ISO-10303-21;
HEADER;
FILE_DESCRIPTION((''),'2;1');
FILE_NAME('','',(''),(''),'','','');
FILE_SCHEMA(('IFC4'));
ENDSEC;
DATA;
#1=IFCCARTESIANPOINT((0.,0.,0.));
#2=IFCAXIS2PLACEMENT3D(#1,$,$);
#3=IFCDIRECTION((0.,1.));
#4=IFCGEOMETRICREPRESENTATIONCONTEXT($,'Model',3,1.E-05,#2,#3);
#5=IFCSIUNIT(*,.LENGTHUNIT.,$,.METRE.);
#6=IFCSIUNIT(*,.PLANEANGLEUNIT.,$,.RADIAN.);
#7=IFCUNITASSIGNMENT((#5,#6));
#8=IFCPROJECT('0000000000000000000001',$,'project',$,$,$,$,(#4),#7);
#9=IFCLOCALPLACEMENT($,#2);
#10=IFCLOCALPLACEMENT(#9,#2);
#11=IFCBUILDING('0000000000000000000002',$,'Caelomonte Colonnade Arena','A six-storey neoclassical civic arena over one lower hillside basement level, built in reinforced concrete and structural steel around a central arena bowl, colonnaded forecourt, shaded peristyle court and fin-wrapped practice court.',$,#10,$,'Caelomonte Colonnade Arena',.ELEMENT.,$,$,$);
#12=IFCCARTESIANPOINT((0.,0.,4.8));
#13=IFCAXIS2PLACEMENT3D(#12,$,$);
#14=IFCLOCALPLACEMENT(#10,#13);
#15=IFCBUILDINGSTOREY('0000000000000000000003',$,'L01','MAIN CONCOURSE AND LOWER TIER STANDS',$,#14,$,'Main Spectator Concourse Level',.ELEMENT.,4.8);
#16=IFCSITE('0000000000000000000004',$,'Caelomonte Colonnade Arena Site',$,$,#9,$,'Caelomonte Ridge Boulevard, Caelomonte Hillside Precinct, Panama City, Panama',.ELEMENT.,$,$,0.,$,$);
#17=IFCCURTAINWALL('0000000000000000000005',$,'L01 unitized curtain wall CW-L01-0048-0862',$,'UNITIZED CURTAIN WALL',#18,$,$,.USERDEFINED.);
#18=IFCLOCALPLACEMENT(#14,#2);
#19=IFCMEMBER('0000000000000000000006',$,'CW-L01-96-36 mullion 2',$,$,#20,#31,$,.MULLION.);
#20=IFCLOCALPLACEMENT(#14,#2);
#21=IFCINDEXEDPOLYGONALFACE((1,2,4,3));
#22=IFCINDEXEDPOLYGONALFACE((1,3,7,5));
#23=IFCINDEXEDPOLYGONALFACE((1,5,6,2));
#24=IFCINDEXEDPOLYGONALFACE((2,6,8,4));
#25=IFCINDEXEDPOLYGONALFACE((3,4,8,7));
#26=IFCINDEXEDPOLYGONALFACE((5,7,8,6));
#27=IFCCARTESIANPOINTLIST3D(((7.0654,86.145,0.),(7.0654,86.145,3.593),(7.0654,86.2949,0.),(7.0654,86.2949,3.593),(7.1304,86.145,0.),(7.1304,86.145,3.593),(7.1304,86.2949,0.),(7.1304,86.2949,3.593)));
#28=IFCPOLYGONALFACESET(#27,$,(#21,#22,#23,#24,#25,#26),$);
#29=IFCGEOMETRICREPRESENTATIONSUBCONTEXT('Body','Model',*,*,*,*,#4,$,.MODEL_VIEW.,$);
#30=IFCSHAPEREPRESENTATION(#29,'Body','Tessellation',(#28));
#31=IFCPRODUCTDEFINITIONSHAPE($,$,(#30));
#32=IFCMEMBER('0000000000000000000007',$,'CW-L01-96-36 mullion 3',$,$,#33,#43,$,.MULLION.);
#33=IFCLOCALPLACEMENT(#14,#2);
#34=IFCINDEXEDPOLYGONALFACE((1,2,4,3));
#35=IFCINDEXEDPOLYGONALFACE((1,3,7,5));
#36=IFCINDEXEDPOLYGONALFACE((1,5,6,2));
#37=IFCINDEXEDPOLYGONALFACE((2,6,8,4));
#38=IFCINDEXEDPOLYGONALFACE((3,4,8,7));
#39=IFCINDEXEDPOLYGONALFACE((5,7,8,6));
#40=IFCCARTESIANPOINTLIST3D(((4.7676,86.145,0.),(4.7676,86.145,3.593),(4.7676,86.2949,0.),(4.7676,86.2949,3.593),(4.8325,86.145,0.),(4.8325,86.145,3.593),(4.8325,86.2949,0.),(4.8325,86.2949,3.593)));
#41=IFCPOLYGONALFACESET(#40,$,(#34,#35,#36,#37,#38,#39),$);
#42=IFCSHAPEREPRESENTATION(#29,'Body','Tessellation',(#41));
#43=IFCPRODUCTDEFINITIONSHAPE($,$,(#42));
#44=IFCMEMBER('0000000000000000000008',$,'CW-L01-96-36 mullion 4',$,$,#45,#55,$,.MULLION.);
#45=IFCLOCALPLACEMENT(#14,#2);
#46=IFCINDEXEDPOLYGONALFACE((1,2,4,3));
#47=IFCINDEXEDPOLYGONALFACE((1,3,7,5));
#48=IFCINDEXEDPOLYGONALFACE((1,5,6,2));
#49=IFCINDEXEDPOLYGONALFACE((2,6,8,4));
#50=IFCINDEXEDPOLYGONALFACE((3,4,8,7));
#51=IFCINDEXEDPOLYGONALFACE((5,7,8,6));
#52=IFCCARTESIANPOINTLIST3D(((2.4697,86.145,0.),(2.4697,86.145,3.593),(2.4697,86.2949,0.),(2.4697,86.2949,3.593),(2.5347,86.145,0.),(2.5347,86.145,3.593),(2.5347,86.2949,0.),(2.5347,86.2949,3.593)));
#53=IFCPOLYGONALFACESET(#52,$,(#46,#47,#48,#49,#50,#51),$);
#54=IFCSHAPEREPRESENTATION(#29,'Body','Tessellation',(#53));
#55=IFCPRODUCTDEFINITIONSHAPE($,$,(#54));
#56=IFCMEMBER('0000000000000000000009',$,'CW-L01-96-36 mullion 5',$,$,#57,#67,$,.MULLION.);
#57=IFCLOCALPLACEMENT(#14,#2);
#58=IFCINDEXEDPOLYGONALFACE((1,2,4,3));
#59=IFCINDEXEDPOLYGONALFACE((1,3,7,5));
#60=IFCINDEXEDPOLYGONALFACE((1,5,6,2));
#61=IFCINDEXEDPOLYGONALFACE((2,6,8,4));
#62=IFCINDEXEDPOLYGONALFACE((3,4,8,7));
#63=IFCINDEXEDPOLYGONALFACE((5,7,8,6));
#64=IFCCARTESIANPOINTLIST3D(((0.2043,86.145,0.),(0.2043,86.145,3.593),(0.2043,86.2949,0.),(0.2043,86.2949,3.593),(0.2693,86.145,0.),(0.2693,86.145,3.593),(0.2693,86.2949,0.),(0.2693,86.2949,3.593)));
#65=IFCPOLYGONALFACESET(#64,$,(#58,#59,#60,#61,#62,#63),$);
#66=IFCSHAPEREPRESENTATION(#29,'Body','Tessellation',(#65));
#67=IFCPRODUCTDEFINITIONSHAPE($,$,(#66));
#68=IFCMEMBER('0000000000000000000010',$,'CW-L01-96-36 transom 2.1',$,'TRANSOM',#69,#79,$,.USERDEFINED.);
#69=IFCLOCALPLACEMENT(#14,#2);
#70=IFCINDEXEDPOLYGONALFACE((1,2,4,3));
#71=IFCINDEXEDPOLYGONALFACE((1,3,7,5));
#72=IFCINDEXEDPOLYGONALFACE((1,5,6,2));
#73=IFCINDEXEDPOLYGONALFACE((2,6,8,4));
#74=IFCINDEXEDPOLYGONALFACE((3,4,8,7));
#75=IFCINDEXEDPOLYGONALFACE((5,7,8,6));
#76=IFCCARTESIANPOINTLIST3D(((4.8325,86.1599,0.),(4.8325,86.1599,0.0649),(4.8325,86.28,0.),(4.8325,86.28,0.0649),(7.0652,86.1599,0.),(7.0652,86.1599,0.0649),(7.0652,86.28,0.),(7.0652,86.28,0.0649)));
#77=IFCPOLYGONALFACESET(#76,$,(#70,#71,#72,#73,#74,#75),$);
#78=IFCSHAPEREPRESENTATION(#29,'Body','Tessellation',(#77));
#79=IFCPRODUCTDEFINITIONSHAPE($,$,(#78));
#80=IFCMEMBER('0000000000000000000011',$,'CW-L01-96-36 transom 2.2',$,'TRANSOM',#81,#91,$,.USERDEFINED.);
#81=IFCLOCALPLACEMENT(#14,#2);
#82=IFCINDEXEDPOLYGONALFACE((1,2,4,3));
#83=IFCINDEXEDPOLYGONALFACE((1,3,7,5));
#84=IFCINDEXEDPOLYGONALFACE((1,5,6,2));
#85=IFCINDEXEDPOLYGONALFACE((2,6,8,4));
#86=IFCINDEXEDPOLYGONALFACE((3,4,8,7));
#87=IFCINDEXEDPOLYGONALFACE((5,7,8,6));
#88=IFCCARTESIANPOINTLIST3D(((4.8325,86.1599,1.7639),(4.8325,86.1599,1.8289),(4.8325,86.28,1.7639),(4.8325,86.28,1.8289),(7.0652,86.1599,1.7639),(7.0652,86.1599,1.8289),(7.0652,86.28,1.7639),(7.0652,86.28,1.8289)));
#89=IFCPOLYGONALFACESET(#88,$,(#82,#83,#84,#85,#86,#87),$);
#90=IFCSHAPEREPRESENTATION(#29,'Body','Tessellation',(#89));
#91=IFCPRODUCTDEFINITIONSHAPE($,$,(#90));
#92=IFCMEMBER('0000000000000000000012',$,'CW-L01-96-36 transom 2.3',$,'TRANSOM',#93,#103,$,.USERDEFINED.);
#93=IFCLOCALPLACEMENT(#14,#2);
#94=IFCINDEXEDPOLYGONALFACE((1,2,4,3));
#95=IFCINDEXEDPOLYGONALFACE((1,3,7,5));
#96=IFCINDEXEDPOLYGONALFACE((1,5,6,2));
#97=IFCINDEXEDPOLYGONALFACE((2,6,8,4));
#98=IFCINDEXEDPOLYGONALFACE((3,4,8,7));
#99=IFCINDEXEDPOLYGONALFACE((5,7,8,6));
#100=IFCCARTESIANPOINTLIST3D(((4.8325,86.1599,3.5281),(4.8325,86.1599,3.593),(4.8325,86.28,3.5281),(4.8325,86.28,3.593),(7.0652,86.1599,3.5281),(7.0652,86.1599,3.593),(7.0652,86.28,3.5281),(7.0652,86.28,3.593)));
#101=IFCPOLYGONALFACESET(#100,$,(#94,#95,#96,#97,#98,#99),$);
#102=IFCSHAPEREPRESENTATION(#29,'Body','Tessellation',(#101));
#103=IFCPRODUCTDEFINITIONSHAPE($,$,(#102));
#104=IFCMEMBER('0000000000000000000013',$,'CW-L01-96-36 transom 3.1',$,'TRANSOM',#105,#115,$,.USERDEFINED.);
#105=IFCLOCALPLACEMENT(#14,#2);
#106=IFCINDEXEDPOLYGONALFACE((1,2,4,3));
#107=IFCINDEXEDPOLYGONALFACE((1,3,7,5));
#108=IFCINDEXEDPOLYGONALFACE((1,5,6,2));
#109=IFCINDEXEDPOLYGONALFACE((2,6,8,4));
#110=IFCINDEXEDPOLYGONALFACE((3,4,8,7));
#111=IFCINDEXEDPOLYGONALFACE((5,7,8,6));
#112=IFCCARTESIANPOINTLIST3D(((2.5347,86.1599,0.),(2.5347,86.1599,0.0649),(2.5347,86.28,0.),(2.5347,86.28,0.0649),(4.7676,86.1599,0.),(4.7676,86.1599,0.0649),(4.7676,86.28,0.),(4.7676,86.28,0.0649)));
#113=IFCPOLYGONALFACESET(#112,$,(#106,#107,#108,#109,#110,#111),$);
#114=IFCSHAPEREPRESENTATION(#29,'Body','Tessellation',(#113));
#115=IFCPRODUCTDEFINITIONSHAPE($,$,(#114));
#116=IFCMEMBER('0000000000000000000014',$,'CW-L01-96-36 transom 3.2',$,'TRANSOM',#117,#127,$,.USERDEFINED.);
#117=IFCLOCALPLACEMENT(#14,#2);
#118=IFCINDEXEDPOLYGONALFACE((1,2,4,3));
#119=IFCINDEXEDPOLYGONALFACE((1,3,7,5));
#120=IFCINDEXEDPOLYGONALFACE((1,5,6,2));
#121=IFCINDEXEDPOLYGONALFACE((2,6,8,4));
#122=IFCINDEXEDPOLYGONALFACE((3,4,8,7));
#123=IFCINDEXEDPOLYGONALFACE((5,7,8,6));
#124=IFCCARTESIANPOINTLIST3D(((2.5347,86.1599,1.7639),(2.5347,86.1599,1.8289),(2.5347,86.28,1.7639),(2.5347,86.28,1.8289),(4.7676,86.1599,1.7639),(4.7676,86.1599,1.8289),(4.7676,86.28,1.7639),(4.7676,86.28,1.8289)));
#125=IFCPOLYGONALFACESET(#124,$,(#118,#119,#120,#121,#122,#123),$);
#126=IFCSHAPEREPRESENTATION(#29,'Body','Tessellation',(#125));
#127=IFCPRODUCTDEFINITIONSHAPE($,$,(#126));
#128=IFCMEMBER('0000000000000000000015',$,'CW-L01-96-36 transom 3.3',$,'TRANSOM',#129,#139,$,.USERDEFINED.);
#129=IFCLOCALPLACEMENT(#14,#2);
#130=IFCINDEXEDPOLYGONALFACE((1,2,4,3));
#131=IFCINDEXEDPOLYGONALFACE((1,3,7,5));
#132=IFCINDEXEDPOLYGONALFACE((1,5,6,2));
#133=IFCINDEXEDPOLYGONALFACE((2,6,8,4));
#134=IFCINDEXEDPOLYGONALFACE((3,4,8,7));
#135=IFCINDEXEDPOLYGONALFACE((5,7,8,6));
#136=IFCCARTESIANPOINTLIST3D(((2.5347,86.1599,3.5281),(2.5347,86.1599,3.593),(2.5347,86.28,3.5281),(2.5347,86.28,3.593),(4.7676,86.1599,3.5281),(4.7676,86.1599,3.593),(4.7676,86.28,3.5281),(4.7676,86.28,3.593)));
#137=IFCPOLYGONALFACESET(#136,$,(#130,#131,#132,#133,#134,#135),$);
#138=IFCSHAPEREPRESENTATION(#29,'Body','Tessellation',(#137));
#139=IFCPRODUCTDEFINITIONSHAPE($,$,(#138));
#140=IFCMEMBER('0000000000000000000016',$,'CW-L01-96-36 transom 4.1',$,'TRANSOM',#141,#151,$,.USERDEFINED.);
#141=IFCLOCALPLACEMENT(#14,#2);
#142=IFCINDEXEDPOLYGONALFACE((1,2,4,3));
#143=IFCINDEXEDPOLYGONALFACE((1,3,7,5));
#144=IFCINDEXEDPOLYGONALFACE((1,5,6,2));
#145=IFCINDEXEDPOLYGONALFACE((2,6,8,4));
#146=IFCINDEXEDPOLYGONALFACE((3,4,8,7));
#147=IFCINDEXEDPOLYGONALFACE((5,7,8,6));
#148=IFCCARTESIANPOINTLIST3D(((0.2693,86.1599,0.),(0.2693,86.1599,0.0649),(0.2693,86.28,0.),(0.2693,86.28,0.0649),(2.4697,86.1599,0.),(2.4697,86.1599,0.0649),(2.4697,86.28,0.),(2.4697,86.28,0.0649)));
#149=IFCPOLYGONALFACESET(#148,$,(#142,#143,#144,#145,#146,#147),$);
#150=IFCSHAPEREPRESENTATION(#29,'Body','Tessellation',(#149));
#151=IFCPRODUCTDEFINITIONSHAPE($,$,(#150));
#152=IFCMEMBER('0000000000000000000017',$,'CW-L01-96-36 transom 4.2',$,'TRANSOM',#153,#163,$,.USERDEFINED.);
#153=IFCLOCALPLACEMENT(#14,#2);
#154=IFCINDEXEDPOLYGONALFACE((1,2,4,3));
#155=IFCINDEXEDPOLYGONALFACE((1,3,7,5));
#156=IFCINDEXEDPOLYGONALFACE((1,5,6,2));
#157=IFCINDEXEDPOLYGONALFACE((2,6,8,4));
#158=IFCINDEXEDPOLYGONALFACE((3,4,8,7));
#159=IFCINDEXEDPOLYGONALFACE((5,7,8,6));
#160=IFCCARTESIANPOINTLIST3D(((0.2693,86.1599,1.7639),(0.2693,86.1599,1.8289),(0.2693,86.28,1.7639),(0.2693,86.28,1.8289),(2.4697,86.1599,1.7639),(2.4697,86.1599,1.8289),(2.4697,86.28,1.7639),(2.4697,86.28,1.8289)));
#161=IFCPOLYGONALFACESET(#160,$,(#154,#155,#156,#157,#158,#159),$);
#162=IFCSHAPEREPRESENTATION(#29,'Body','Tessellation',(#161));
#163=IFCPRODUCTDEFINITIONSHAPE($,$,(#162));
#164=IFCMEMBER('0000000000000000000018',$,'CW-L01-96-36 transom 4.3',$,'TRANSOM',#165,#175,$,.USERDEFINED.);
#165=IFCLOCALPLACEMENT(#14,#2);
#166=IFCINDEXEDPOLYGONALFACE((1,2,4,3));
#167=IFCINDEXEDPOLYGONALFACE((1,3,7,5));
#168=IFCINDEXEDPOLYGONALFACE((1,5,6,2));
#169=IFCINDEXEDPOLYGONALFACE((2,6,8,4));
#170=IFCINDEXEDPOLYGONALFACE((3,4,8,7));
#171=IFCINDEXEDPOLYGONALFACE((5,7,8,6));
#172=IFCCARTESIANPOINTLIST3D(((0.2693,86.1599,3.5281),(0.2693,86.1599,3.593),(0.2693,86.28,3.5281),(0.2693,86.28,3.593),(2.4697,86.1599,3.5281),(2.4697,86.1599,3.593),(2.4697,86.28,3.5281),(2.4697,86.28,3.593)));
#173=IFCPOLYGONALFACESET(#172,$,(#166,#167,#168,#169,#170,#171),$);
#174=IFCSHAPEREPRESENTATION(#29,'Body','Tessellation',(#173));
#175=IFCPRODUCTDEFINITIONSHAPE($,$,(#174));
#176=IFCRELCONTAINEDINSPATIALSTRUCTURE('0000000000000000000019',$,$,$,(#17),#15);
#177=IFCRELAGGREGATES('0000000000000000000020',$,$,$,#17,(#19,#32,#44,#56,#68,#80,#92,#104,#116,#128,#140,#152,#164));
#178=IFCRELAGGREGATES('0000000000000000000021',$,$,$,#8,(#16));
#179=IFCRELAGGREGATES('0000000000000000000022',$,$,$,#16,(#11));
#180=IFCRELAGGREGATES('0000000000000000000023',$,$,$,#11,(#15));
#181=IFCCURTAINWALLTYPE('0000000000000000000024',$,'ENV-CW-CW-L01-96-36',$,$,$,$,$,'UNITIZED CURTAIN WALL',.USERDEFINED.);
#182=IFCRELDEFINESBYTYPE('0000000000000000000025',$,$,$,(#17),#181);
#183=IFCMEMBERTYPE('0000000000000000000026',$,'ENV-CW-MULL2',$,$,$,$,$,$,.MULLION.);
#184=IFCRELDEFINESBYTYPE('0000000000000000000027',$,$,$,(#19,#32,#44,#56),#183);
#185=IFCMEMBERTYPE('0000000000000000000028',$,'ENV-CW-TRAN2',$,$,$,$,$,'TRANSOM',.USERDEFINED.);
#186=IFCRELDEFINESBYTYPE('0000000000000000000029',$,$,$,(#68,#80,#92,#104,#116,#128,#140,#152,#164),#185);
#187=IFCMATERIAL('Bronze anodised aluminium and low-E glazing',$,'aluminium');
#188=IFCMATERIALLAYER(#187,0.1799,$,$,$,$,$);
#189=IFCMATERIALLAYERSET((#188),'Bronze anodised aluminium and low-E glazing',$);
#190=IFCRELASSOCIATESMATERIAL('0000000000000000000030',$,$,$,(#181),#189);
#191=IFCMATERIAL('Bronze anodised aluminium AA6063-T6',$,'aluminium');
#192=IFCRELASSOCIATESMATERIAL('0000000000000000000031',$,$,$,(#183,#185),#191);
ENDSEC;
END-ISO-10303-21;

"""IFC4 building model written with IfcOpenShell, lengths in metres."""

from ifc_helpers import new_model, si_unit, direction, frame, origin, origin_2d, place, context, subcontext, project, spatial, rectangle, extrude, material, layer, layer_set, material_profile, profile_set, type_object, element, aggregate, save


model = new_model("IFC4")

# Units and contexts
model_context = context("Model", 3, precision=1e-05, world=origin(), true_north=direction((0.0, 1.0)))
body_context = subcontext(model_context, "Body", "Model", "MODEL_VIEW")
ifc_project = project(units=[si_unit("LENGTHUNIT", "METRE"), si_unit("PLANEANGLEUNIT", "RADIAN")], contexts=[model_context])

# Site, building, storey
site_placement = place(None, origin())
site = spatial("IfcSite", under=ifc_project, at=site_placement, Name="Caelomonte Colonnade Arena Site", LongName="Caelomonte Ridge Boulevard, Caelomonte Hillside Precinct, Panama City, Panama", CompositionType="ELEMENT", RefElevation=0.0)
building_placement = place(site_placement, origin())
building = spatial("IfcBuilding", under=site, at=building_placement, Name="Caelomonte Colonnade Arena", Description="A six-storey neoclassical civic arena over one lower hillside basement level, built in reinforced concrete and structural steel around a central arena bowl, colonnaded forecourt, shaded peristyle court and fin-wrapped practice court.", LongName="Caelomonte Colonnade Arena", CompositionType="ELEMENT")
storey_placement = place(building_placement, frame((0.0, 0.0, 4.8)))
storey = spatial("IfcBuildingStorey", under=building, at=storey_placement, Name="L01", Description="MAIN CONCOURSE AND LOWER TIER STANDS", LongName="Main Spectator Concourse Level", CompositionType="ELEMENT", Elevation=4.8)

# Curtain wall, members
ifc_material_1 = material(Name="Bronze anodised aluminium and low-E glazing", Category="aluminium")
ifc_layer_1 = layer(ifc_material_1, 0.1799)
ifc_layer_set_1 = layer_set([ifc_layer_1], Name="Bronze anodised aluminium and low-E glazing")
curtain_wall_type = type_object("IfcCurtainWallType", Name="ENV-CW-CW-L01-96-36", ElementType="UNITIZED CURTAIN WALL", PredefinedType="USERDEFINED", material=ifc_layer_set_1)
curtain_wall_placement = place(storey_placement, origin())
curtain_wall = element("IfcCurtainWall", 1, at=curtain_wall_placement, inside=storey, type_object=curtain_wall_type, Name="L01 unitized curtain wall CW-L01-0048-0862", ObjectType="UNITIZED CURTAIN WALL", PredefinedType="USERDEFINED")
ifc_material_2 = material(Name="Bronze anodised aluminium AA6063-T6", Category="aluminium")
ifc_material_profile_1 = material_profile(ifc_material_2, rectangle(XDim=0.0649, YDim=0.1499, at=origin_2d()), Name="CWM-65X150")
ifc_profile_set_1 = profile_set([ifc_material_profile_1], Name="Bronze anodised aluminium AA6063-T6")
member_type_1 = type_object("IfcMemberType", Name="ENV-CW-MULL2", PredefinedType="MULLION", material=ifc_profile_set_1)
member_1_placement = place(storey_placement, frame((7.0979, 86.22, 0.0), z_axis=(0.0, 0.0, 1.0), x_axis=(-1.0, 0.0, 0.0)))
member_1 = element("IfcMember", 2, at=member_1_placement, type_object=member_type_1, Name="CW-L01-96-36 mullion 2", PredefinedType="MULLION", context=body_context, shape_type="SweptSolid", body=[
    extrude(rectangle(XDim=0.0649, YDim=0.1499, at=origin_2d()), origin(), (0.0, 0.0, 1.0), 3.593),
])
member_2_placement = place(storey_placement, frame((4.8, 86.22, 0.0), z_axis=(0.0, 0.0, 1.0), x_axis=(-1.0, 0.0, 0.0)))
member_2 = element("IfcMember", 3, at=member_2_placement, type_object=member_type_1, Name="CW-L01-96-36 mullion 3", PredefinedType="MULLION", context=body_context, shape_type="SweptSolid", body=[
    extrude(rectangle(XDim=0.0649, YDim=0.1499, at=origin_2d()), origin(), (0.0, 0.0, 1.0), 3.593),
])
member_3_placement = place(storey_placement, frame((2.5022, 86.22, 0.0), z_axis=(0.0, 0.0, 1.0), x_axis=(-1.0, 0.0, 0.0)))
member_3 = element("IfcMember", 4, at=member_3_placement, type_object=member_type_1, Name="CW-L01-96-36 mullion 4", PredefinedType="MULLION", context=body_context, shape_type="SweptSolid", body=[
    extrude(rectangle(XDim=0.0649, YDim=0.1499, at=origin_2d()), origin(), (0.0, 0.0, 1.0), 3.593),
])
member_4_placement = place(storey_placement, frame((0.2368, 86.22, 0.0), z_axis=(0.0, 0.0, 1.0), x_axis=(-1.0, 0.0, 0.0)))
member_4 = element("IfcMember", 5, at=member_4_placement, type_object=member_type_1, Name="CW-L01-96-36 mullion 5", PredefinedType="MULLION", context=body_context, shape_type="SweptSolid", body=[
    extrude(rectangle(XDim=0.0649, YDim=0.1499, at=origin_2d()), origin(), (0.0, 0.0, 1.0), 3.593),
])
ifc_material_profile_2 = material_profile(ifc_material_2, rectangle(XDim=0.0649, YDim=0.1201, at=origin_2d()), Name="CWT-65X120")
ifc_profile_set_2 = profile_set([ifc_material_profile_2], Name="Bronze anodised aluminium AA6063-T6")
member_type_2 = type_object("IfcMemberType", Name="ENV-CW-TRAN2", ElementType="TRANSOM", PredefinedType="USERDEFINED", material=ifc_profile_set_2)
member_5_placement = place(storey_placement, frame((7.0652, 86.22, 0.0325), z_axis=(-1.0, 0.0, 0.0), x_axis=(0.0, 0.0, 1.0)))
member_5 = element("IfcMember", 6, at=member_5_placement, type_object=member_type_2, Name="CW-L01-96-36 transom 2.1", ObjectType="TRANSOM", PredefinedType="USERDEFINED", context=body_context, shape_type="SweptSolid", body=[
    extrude(rectangle(XDim=0.0649, YDim=0.1201, at=origin_2d()), origin(), (0.0, 0.0, 1.0), 2.2327),
])
member_6_placement = place(storey_placement, frame((7.0652, 86.22, 1.7964), z_axis=(-1.0, 0.0, 0.0), x_axis=(0.0, 0.0, 1.0)))
member_6 = element("IfcMember", 7, at=member_6_placement, type_object=member_type_2, Name="CW-L01-96-36 transom 2.2", ObjectType="TRANSOM", PredefinedType="USERDEFINED", context=body_context, shape_type="SweptSolid", body=[
    extrude(rectangle(XDim=0.0649, YDim=0.1201, at=origin_2d()), origin(), (0.0, 0.0, 1.0), 2.2327),
])
member_7_placement = place(storey_placement, frame((7.0652, 86.22, 3.5605), z_axis=(-1.0, 0.0, 0.0), x_axis=(0.0, 0.0, 1.0)))
member_7 = element("IfcMember", 8, at=member_7_placement, type_object=member_type_2, Name="CW-L01-96-36 transom 2.3", ObjectType="TRANSOM", PredefinedType="USERDEFINED", context=body_context, shape_type="SweptSolid", body=[
    extrude(rectangle(XDim=0.0649, YDim=0.1201, at=origin_2d()), origin(), (0.0, 0.0, 1.0), 2.2327),
])
member_8_placement = place(storey_placement, frame((4.7676, 86.22, 0.0325), z_axis=(-1.0, 0.0, 0.0), x_axis=(0.0, 0.0, 1.0)))
member_8 = element("IfcMember", 9, at=member_8_placement, type_object=member_type_2, Name="CW-L01-96-36 transom 3.1", ObjectType="TRANSOM", PredefinedType="USERDEFINED", context=body_context, shape_type="SweptSolid", body=[
    extrude(rectangle(XDim=0.0649, YDim=0.1201, at=origin_2d()), origin(), (0.0, 0.0, 1.0), 2.2329),
])
member_9_placement = place(storey_placement, frame((4.7676, 86.22, 1.7964), z_axis=(-1.0, 0.0, 0.0), x_axis=(0.0, 0.0, 1.0)))
member_9 = element("IfcMember", 10, at=member_9_placement, type_object=member_type_2, Name="CW-L01-96-36 transom 3.2", ObjectType="TRANSOM", PredefinedType="USERDEFINED", context=body_context, shape_type="SweptSolid", body=[
    extrude(rectangle(XDim=0.0649, YDim=0.1201, at=origin_2d()), origin(), (0.0, 0.0, 1.0), 2.2329),
])
member_10_placement = place(storey_placement, frame((4.7676, 86.22, 3.5605), z_axis=(-1.0, 0.0, 0.0), x_axis=(0.0, 0.0, 1.0)))
member_10 = element("IfcMember", 11, at=member_10_placement, type_object=member_type_2, Name="CW-L01-96-36 transom 3.3", ObjectType="TRANSOM", PredefinedType="USERDEFINED", context=body_context, shape_type="SweptSolid", body=[
    extrude(rectangle(XDim=0.0649, YDim=0.1201, at=origin_2d()), origin(), (0.0, 0.0, 1.0), 2.2329),
])
member_11_placement = place(storey_placement, frame((2.4697, 86.22, 0.0325), z_axis=(-1.0, 0.0, 0.0), x_axis=(0.0, 0.0, 1.0)))
member_11 = element("IfcMember", 12, at=member_11_placement, type_object=member_type_2, Name="CW-L01-96-36 transom 4.1", ObjectType="TRANSOM", PredefinedType="USERDEFINED", context=body_context, shape_type="SweptSolid", body=[
    extrude(rectangle(XDim=0.0649, YDim=0.1201, at=origin_2d()), origin(), (0.0, 0.0, 1.0), 2.2004),
])
member_12_placement = place(storey_placement, frame((2.4697, 86.22, 1.7964), z_axis=(-1.0, 0.0, 0.0), x_axis=(0.0, 0.0, 1.0)))
member_12 = element("IfcMember", 13, at=member_12_placement, type_object=member_type_2, Name="CW-L01-96-36 transom 4.2", ObjectType="TRANSOM", PredefinedType="USERDEFINED", context=body_context, shape_type="SweptSolid", body=[
    extrude(rectangle(XDim=0.0649, YDim=0.1201, at=origin_2d()), origin(), (0.0, 0.0, 1.0), 2.2004),
])
member_13_placement = place(storey_placement, frame((2.4697, 86.22, 3.5605), z_axis=(-1.0, 0.0, 0.0), x_axis=(0.0, 0.0, 1.0)))
member_13 = element("IfcMember", 14, at=member_13_placement, type_object=member_type_2, Name="CW-L01-96-36 transom 4.3", ObjectType="TRANSOM", PredefinedType="USERDEFINED", context=body_context, shape_type="SweptSolid", body=[
    extrude(rectangle(XDim=0.0649, YDim=0.1201, at=origin_2d()), origin(), (0.0, 0.0, 1.0), 2.2004),
])

aggregate(curtain_wall, [member_1, member_2, member_3, member_4, member_5, member_6, member_7, member_8, member_9, member_10, member_11, member_12, member_13])

save(model, "model.ifc")
